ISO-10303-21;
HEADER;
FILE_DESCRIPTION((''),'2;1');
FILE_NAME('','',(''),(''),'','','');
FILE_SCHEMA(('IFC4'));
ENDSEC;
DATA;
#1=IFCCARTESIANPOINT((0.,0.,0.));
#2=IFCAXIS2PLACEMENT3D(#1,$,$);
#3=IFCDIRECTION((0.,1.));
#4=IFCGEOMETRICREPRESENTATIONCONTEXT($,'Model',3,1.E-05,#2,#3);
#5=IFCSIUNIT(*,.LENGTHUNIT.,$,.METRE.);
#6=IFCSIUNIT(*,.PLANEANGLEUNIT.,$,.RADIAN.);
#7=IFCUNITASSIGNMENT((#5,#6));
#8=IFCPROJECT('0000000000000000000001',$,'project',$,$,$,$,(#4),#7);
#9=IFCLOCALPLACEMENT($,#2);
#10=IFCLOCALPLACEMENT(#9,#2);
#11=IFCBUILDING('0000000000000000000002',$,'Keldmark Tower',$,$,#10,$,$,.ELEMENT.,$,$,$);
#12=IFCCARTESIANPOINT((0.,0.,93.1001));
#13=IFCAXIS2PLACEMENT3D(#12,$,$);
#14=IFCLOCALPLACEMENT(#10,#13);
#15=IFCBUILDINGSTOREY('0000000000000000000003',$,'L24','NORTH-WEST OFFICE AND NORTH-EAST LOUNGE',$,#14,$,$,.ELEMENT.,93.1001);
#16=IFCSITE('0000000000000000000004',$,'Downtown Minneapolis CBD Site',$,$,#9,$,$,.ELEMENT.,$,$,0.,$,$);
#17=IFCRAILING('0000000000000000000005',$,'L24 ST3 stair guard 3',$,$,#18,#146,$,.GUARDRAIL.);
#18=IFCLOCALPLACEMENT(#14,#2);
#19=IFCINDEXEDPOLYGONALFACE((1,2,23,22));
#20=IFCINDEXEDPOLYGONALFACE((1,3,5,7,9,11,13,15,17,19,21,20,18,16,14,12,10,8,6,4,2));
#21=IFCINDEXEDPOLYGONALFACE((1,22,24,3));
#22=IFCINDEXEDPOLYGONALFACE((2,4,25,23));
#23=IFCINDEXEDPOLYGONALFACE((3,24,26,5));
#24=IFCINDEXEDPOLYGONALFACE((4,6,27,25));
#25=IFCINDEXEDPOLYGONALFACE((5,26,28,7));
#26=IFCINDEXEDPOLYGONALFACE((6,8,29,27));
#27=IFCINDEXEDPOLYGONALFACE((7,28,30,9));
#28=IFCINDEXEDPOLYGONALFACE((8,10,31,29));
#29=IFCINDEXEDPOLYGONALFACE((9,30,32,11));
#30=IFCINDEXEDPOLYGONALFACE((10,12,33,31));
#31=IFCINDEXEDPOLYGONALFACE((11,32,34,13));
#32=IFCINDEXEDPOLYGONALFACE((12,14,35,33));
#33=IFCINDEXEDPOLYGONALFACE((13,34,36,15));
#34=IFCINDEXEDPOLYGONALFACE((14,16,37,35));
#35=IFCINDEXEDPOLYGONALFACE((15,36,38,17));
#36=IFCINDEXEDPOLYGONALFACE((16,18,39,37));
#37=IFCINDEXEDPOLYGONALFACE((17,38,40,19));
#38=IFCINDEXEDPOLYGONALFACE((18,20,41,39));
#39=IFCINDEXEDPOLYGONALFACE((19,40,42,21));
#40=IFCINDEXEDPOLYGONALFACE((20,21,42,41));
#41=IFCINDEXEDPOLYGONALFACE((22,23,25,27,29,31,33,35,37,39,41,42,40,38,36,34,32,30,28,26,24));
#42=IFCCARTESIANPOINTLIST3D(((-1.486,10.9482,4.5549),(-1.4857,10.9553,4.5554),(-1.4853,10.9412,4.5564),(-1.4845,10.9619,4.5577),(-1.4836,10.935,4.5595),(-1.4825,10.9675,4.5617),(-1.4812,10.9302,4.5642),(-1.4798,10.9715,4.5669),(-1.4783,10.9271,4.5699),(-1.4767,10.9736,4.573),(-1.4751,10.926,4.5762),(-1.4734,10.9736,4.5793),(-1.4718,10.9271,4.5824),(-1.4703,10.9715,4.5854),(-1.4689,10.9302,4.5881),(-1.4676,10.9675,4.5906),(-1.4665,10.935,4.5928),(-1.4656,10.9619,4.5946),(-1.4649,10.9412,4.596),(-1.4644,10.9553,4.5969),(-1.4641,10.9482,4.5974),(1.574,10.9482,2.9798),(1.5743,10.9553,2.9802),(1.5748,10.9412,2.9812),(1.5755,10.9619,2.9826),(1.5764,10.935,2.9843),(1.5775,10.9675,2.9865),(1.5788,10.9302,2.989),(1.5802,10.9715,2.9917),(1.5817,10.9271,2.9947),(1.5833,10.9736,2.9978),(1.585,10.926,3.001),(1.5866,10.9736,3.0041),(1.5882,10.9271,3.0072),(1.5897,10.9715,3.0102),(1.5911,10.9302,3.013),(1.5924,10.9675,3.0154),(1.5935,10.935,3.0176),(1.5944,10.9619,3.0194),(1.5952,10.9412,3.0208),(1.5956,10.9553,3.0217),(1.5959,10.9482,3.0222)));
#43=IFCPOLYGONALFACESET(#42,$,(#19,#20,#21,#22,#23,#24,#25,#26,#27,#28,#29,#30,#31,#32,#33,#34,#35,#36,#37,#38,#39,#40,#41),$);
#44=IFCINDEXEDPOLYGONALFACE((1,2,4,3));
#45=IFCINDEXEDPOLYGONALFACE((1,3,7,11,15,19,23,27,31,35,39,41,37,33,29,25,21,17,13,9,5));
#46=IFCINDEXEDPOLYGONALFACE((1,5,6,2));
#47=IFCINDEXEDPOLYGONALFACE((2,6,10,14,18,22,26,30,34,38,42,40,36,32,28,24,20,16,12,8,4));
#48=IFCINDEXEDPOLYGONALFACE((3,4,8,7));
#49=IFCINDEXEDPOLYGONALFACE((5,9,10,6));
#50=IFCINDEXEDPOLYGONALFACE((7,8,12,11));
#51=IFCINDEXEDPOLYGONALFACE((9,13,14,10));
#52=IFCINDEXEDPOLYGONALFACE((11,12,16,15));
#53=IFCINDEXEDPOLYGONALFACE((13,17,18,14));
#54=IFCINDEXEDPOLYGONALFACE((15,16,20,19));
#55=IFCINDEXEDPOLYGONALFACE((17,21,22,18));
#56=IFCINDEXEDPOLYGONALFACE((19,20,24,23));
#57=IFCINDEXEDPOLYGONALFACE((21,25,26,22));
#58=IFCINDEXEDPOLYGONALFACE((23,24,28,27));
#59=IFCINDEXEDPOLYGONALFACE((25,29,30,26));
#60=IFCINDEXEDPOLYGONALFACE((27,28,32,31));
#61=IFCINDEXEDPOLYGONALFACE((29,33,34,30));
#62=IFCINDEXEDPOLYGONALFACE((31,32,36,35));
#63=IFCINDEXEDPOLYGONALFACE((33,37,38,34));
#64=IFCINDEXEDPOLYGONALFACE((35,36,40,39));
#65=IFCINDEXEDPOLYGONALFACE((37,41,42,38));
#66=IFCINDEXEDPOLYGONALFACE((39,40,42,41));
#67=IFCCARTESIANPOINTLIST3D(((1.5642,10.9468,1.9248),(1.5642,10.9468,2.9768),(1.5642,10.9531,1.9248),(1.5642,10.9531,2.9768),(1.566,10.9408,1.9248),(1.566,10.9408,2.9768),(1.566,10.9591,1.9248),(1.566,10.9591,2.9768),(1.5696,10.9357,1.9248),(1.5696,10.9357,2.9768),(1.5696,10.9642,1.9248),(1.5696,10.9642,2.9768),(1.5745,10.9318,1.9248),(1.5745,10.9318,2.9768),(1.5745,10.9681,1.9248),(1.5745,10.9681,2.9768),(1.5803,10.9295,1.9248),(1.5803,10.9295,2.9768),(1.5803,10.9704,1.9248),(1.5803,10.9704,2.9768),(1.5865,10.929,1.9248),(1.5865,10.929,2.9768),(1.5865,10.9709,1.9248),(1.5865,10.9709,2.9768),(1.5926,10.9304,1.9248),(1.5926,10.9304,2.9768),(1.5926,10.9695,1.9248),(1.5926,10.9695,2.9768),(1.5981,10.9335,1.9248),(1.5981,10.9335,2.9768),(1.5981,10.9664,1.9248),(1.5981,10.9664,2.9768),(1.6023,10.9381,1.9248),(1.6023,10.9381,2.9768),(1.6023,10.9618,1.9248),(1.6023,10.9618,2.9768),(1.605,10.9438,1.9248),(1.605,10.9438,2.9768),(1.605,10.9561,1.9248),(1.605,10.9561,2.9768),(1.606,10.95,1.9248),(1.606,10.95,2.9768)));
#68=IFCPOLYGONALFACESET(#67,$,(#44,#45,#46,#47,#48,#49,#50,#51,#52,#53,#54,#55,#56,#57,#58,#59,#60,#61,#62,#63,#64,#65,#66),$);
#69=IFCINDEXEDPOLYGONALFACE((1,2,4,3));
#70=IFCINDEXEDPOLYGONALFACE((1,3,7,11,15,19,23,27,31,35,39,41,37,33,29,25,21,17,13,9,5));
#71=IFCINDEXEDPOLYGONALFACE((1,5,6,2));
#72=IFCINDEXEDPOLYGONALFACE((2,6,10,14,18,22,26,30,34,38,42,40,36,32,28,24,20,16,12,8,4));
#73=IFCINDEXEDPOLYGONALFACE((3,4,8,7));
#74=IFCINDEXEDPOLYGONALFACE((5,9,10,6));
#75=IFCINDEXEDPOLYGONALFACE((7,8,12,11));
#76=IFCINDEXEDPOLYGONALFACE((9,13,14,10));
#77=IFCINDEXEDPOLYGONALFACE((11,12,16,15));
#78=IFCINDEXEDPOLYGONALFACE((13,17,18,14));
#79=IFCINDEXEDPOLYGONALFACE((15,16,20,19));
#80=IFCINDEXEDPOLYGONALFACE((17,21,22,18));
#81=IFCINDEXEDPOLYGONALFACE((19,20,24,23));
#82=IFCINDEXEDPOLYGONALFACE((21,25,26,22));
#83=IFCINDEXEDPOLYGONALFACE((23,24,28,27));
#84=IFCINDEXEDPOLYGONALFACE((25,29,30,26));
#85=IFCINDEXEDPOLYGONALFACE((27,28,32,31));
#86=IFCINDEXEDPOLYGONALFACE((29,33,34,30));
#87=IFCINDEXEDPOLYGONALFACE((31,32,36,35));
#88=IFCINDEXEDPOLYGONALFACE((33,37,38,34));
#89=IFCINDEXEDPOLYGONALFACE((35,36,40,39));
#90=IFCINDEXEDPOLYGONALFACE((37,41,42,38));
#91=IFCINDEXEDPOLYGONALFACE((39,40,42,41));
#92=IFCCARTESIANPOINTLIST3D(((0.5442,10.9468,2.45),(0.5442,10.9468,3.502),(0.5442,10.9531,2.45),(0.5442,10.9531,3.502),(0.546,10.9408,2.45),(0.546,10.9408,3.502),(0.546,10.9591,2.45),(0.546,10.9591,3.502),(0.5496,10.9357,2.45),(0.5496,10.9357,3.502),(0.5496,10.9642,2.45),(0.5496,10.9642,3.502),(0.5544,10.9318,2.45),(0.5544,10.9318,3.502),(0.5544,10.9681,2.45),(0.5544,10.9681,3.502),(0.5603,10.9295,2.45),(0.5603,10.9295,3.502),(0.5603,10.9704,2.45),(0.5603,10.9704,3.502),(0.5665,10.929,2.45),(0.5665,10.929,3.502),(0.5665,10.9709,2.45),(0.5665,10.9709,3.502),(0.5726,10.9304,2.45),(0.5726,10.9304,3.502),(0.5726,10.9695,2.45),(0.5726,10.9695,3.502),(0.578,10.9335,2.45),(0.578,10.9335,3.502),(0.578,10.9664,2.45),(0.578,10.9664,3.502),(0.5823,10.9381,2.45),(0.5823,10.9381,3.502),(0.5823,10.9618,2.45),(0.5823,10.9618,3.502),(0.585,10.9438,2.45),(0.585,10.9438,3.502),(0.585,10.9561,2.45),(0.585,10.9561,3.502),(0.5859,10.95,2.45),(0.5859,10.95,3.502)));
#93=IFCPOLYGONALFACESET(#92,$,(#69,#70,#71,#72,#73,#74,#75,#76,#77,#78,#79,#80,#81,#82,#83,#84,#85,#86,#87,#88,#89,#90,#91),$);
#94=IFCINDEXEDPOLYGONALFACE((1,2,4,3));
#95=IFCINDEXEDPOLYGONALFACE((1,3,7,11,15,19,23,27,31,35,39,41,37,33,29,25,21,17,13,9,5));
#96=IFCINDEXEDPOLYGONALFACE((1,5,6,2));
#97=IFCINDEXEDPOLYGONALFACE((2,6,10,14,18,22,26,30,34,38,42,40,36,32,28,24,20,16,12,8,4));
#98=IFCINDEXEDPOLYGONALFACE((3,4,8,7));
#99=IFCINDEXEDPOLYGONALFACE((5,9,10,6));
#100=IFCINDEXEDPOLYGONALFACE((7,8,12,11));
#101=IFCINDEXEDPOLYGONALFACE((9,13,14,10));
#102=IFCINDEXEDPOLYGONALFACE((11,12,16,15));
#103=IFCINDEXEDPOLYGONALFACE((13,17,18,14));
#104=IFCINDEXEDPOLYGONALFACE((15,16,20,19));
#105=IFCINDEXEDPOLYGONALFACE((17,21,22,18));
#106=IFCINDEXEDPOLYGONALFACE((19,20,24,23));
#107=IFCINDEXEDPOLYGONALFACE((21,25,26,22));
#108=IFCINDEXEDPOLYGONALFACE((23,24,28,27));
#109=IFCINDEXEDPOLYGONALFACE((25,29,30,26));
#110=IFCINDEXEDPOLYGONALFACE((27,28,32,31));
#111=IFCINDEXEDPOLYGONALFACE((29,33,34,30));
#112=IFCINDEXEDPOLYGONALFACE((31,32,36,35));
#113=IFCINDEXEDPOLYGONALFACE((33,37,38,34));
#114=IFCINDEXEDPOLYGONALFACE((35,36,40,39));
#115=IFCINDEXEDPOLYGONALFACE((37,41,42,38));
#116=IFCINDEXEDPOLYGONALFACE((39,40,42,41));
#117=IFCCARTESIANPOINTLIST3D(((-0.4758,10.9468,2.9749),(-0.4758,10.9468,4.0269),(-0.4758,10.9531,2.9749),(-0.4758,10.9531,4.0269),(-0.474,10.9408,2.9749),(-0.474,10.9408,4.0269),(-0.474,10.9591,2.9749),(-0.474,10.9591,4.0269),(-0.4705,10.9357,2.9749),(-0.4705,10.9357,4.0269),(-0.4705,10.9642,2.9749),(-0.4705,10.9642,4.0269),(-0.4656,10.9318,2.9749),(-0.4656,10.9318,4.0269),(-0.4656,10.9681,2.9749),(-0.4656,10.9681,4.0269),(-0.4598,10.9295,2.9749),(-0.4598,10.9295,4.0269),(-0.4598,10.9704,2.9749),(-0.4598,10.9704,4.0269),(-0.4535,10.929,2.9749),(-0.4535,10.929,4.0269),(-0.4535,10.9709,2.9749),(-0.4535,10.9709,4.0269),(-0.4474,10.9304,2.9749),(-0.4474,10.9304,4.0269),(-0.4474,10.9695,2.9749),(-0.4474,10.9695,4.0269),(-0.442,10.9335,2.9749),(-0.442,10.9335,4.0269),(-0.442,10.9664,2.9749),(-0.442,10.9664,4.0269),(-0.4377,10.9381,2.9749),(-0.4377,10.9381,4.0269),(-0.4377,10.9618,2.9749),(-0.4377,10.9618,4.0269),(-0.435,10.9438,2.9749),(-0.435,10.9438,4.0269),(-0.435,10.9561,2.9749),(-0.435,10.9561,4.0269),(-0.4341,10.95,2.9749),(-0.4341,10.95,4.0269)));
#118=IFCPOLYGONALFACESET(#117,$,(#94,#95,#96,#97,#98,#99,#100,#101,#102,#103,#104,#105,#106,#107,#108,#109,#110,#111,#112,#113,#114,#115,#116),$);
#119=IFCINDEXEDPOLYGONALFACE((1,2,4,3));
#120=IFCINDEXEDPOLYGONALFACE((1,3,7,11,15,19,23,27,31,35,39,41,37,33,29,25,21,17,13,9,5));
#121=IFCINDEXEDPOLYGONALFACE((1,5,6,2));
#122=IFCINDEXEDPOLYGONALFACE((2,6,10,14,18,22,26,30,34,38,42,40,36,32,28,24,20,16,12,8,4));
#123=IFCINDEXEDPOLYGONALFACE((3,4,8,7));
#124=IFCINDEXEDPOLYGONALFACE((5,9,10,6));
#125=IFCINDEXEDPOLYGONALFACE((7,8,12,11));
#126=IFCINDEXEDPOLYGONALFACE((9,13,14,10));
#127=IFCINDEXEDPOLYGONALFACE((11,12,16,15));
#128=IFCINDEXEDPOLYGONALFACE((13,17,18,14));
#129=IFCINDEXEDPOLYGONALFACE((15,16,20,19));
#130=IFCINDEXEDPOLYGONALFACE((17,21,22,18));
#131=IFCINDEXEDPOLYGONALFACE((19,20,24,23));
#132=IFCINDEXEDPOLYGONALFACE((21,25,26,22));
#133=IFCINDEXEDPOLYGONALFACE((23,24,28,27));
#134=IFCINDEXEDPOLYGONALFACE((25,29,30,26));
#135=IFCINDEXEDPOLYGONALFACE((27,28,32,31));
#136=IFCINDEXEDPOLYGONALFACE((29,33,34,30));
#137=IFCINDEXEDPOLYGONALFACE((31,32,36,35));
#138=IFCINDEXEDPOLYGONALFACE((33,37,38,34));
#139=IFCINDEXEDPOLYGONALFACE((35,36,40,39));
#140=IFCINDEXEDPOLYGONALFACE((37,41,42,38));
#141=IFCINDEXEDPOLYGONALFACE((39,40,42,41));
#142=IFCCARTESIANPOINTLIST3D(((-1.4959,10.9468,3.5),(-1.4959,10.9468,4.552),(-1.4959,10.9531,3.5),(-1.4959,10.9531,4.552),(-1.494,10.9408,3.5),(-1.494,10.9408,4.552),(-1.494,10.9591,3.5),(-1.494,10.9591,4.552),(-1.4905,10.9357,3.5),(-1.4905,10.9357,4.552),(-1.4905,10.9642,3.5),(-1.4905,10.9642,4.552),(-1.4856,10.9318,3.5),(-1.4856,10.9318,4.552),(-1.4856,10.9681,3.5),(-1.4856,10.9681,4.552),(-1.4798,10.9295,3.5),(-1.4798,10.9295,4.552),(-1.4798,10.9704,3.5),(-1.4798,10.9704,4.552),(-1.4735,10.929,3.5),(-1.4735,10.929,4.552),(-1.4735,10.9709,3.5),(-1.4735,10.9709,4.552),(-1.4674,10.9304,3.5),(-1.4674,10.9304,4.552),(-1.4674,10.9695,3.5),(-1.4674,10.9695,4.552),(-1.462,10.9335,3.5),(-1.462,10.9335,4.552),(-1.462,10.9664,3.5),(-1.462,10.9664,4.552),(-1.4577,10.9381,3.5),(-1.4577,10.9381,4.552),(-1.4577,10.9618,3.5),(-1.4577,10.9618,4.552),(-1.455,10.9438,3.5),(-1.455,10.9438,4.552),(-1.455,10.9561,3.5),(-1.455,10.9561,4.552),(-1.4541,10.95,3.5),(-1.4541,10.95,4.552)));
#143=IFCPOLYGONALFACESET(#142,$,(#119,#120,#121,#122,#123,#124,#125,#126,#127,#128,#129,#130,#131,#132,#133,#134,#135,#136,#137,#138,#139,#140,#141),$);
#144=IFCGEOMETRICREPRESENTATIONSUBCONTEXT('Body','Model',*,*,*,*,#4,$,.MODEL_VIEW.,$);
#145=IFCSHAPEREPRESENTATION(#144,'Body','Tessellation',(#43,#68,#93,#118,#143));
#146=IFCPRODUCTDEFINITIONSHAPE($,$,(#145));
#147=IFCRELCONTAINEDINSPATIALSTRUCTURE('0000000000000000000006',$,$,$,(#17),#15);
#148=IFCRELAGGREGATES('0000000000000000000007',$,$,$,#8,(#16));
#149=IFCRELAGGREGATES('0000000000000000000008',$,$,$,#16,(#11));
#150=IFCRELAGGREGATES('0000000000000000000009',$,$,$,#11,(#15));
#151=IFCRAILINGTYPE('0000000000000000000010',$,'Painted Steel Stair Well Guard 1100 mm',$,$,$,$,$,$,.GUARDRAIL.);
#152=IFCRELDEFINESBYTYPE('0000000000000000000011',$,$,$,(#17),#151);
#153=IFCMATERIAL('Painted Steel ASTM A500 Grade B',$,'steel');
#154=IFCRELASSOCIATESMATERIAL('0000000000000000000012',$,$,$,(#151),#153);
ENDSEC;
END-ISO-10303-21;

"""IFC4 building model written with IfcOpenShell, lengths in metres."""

from ifc_helpers import new_model, si_unit, direction, frame, origin, origin_2d, place, context, subcontext, project, spatial, circle, extrude, material, type_object, element, save


model = new_model("IFC4")

# Units and contexts
model_context = context("Model", 3, precision=1e-05, world=origin(), true_north=direction((0.0, 1.0)))
body_context = subcontext(model_context, "Body", "Model", "MODEL_VIEW")
ifc_project = project(units=[si_unit("LENGTHUNIT", "METRE"), si_unit("PLANEANGLEUNIT", "RADIAN")], contexts=[model_context])

# Site, building, storey
site_placement = place(None, origin())
site = spatial("IfcSite", under=ifc_project, at=site_placement, Name="Downtown Minneapolis CBD Site", CompositionType="ELEMENT", RefElevation=0.0)
building_placement = place(site_placement, origin())
building = spatial("IfcBuilding", under=site, at=building_placement, Name="Keldmark Tower", CompositionType="ELEMENT")
storey_placement = place(building_placement, frame((0.0, 0.0, 93.1001)))
storey = spatial("IfcBuildingStorey", under=building, at=storey_placement, Name="L24", Description="NORTH-WEST OFFICE AND NORTH-EAST LOUNGE", CompositionType="ELEMENT", Elevation=93.1001)

# Railing
ifc_material_1 = material(Name="Painted Steel ASTM A500 Grade B", Category="steel")
railing_type_1 = type_object("IfcRailingType", Name="Painted Steel Stair Well Guard 1100 mm", PredefinedType="GUARDRAIL", material=ifc_material_1)
railing_1_placement = place(storey_placement, frame((1.585, 10.95, 1.9248)))
element("IfcRailing", 1, at=railing_1_placement, inside=storey, type_object=railing_type_1, Name="L24 ST3 stair guard 3", PredefinedType="GUARDRAIL", context=body_context, shape_type="SweptSolid", body=[
    extrude(circle(Radius=0.0239, at=origin_2d()), frame((0.0, 0.0, 1.0762), z_axis=(-0.889116, 0.0, 0.457681), x_axis=(0.0, -1.0, 0.0)), (0.0, 0.0, 1.0), 3.4417),
    extrude(circle(Radius=0.021, at=origin_2d()), origin(), (0.0, 0.0, 1.0), 1.052),
    extrude(circle(Radius=0.021, at=origin_2d()), frame((-1.02, 0.0, 0.5251)), (0.0, 0.0, 1.0), 1.052),
    extrude(circle(Radius=0.021, at=origin_2d()), frame((-2.04, 0.0, 1.05)), (0.0, 0.0, 1.0), 1.052),
    extrude(circle(Radius=0.021, at=origin_2d()), frame((-3.0601, 0.0, 1.5752)), (0.0, 0.0, 1.0), 1.052),
])

save(model, "model.ifc")
